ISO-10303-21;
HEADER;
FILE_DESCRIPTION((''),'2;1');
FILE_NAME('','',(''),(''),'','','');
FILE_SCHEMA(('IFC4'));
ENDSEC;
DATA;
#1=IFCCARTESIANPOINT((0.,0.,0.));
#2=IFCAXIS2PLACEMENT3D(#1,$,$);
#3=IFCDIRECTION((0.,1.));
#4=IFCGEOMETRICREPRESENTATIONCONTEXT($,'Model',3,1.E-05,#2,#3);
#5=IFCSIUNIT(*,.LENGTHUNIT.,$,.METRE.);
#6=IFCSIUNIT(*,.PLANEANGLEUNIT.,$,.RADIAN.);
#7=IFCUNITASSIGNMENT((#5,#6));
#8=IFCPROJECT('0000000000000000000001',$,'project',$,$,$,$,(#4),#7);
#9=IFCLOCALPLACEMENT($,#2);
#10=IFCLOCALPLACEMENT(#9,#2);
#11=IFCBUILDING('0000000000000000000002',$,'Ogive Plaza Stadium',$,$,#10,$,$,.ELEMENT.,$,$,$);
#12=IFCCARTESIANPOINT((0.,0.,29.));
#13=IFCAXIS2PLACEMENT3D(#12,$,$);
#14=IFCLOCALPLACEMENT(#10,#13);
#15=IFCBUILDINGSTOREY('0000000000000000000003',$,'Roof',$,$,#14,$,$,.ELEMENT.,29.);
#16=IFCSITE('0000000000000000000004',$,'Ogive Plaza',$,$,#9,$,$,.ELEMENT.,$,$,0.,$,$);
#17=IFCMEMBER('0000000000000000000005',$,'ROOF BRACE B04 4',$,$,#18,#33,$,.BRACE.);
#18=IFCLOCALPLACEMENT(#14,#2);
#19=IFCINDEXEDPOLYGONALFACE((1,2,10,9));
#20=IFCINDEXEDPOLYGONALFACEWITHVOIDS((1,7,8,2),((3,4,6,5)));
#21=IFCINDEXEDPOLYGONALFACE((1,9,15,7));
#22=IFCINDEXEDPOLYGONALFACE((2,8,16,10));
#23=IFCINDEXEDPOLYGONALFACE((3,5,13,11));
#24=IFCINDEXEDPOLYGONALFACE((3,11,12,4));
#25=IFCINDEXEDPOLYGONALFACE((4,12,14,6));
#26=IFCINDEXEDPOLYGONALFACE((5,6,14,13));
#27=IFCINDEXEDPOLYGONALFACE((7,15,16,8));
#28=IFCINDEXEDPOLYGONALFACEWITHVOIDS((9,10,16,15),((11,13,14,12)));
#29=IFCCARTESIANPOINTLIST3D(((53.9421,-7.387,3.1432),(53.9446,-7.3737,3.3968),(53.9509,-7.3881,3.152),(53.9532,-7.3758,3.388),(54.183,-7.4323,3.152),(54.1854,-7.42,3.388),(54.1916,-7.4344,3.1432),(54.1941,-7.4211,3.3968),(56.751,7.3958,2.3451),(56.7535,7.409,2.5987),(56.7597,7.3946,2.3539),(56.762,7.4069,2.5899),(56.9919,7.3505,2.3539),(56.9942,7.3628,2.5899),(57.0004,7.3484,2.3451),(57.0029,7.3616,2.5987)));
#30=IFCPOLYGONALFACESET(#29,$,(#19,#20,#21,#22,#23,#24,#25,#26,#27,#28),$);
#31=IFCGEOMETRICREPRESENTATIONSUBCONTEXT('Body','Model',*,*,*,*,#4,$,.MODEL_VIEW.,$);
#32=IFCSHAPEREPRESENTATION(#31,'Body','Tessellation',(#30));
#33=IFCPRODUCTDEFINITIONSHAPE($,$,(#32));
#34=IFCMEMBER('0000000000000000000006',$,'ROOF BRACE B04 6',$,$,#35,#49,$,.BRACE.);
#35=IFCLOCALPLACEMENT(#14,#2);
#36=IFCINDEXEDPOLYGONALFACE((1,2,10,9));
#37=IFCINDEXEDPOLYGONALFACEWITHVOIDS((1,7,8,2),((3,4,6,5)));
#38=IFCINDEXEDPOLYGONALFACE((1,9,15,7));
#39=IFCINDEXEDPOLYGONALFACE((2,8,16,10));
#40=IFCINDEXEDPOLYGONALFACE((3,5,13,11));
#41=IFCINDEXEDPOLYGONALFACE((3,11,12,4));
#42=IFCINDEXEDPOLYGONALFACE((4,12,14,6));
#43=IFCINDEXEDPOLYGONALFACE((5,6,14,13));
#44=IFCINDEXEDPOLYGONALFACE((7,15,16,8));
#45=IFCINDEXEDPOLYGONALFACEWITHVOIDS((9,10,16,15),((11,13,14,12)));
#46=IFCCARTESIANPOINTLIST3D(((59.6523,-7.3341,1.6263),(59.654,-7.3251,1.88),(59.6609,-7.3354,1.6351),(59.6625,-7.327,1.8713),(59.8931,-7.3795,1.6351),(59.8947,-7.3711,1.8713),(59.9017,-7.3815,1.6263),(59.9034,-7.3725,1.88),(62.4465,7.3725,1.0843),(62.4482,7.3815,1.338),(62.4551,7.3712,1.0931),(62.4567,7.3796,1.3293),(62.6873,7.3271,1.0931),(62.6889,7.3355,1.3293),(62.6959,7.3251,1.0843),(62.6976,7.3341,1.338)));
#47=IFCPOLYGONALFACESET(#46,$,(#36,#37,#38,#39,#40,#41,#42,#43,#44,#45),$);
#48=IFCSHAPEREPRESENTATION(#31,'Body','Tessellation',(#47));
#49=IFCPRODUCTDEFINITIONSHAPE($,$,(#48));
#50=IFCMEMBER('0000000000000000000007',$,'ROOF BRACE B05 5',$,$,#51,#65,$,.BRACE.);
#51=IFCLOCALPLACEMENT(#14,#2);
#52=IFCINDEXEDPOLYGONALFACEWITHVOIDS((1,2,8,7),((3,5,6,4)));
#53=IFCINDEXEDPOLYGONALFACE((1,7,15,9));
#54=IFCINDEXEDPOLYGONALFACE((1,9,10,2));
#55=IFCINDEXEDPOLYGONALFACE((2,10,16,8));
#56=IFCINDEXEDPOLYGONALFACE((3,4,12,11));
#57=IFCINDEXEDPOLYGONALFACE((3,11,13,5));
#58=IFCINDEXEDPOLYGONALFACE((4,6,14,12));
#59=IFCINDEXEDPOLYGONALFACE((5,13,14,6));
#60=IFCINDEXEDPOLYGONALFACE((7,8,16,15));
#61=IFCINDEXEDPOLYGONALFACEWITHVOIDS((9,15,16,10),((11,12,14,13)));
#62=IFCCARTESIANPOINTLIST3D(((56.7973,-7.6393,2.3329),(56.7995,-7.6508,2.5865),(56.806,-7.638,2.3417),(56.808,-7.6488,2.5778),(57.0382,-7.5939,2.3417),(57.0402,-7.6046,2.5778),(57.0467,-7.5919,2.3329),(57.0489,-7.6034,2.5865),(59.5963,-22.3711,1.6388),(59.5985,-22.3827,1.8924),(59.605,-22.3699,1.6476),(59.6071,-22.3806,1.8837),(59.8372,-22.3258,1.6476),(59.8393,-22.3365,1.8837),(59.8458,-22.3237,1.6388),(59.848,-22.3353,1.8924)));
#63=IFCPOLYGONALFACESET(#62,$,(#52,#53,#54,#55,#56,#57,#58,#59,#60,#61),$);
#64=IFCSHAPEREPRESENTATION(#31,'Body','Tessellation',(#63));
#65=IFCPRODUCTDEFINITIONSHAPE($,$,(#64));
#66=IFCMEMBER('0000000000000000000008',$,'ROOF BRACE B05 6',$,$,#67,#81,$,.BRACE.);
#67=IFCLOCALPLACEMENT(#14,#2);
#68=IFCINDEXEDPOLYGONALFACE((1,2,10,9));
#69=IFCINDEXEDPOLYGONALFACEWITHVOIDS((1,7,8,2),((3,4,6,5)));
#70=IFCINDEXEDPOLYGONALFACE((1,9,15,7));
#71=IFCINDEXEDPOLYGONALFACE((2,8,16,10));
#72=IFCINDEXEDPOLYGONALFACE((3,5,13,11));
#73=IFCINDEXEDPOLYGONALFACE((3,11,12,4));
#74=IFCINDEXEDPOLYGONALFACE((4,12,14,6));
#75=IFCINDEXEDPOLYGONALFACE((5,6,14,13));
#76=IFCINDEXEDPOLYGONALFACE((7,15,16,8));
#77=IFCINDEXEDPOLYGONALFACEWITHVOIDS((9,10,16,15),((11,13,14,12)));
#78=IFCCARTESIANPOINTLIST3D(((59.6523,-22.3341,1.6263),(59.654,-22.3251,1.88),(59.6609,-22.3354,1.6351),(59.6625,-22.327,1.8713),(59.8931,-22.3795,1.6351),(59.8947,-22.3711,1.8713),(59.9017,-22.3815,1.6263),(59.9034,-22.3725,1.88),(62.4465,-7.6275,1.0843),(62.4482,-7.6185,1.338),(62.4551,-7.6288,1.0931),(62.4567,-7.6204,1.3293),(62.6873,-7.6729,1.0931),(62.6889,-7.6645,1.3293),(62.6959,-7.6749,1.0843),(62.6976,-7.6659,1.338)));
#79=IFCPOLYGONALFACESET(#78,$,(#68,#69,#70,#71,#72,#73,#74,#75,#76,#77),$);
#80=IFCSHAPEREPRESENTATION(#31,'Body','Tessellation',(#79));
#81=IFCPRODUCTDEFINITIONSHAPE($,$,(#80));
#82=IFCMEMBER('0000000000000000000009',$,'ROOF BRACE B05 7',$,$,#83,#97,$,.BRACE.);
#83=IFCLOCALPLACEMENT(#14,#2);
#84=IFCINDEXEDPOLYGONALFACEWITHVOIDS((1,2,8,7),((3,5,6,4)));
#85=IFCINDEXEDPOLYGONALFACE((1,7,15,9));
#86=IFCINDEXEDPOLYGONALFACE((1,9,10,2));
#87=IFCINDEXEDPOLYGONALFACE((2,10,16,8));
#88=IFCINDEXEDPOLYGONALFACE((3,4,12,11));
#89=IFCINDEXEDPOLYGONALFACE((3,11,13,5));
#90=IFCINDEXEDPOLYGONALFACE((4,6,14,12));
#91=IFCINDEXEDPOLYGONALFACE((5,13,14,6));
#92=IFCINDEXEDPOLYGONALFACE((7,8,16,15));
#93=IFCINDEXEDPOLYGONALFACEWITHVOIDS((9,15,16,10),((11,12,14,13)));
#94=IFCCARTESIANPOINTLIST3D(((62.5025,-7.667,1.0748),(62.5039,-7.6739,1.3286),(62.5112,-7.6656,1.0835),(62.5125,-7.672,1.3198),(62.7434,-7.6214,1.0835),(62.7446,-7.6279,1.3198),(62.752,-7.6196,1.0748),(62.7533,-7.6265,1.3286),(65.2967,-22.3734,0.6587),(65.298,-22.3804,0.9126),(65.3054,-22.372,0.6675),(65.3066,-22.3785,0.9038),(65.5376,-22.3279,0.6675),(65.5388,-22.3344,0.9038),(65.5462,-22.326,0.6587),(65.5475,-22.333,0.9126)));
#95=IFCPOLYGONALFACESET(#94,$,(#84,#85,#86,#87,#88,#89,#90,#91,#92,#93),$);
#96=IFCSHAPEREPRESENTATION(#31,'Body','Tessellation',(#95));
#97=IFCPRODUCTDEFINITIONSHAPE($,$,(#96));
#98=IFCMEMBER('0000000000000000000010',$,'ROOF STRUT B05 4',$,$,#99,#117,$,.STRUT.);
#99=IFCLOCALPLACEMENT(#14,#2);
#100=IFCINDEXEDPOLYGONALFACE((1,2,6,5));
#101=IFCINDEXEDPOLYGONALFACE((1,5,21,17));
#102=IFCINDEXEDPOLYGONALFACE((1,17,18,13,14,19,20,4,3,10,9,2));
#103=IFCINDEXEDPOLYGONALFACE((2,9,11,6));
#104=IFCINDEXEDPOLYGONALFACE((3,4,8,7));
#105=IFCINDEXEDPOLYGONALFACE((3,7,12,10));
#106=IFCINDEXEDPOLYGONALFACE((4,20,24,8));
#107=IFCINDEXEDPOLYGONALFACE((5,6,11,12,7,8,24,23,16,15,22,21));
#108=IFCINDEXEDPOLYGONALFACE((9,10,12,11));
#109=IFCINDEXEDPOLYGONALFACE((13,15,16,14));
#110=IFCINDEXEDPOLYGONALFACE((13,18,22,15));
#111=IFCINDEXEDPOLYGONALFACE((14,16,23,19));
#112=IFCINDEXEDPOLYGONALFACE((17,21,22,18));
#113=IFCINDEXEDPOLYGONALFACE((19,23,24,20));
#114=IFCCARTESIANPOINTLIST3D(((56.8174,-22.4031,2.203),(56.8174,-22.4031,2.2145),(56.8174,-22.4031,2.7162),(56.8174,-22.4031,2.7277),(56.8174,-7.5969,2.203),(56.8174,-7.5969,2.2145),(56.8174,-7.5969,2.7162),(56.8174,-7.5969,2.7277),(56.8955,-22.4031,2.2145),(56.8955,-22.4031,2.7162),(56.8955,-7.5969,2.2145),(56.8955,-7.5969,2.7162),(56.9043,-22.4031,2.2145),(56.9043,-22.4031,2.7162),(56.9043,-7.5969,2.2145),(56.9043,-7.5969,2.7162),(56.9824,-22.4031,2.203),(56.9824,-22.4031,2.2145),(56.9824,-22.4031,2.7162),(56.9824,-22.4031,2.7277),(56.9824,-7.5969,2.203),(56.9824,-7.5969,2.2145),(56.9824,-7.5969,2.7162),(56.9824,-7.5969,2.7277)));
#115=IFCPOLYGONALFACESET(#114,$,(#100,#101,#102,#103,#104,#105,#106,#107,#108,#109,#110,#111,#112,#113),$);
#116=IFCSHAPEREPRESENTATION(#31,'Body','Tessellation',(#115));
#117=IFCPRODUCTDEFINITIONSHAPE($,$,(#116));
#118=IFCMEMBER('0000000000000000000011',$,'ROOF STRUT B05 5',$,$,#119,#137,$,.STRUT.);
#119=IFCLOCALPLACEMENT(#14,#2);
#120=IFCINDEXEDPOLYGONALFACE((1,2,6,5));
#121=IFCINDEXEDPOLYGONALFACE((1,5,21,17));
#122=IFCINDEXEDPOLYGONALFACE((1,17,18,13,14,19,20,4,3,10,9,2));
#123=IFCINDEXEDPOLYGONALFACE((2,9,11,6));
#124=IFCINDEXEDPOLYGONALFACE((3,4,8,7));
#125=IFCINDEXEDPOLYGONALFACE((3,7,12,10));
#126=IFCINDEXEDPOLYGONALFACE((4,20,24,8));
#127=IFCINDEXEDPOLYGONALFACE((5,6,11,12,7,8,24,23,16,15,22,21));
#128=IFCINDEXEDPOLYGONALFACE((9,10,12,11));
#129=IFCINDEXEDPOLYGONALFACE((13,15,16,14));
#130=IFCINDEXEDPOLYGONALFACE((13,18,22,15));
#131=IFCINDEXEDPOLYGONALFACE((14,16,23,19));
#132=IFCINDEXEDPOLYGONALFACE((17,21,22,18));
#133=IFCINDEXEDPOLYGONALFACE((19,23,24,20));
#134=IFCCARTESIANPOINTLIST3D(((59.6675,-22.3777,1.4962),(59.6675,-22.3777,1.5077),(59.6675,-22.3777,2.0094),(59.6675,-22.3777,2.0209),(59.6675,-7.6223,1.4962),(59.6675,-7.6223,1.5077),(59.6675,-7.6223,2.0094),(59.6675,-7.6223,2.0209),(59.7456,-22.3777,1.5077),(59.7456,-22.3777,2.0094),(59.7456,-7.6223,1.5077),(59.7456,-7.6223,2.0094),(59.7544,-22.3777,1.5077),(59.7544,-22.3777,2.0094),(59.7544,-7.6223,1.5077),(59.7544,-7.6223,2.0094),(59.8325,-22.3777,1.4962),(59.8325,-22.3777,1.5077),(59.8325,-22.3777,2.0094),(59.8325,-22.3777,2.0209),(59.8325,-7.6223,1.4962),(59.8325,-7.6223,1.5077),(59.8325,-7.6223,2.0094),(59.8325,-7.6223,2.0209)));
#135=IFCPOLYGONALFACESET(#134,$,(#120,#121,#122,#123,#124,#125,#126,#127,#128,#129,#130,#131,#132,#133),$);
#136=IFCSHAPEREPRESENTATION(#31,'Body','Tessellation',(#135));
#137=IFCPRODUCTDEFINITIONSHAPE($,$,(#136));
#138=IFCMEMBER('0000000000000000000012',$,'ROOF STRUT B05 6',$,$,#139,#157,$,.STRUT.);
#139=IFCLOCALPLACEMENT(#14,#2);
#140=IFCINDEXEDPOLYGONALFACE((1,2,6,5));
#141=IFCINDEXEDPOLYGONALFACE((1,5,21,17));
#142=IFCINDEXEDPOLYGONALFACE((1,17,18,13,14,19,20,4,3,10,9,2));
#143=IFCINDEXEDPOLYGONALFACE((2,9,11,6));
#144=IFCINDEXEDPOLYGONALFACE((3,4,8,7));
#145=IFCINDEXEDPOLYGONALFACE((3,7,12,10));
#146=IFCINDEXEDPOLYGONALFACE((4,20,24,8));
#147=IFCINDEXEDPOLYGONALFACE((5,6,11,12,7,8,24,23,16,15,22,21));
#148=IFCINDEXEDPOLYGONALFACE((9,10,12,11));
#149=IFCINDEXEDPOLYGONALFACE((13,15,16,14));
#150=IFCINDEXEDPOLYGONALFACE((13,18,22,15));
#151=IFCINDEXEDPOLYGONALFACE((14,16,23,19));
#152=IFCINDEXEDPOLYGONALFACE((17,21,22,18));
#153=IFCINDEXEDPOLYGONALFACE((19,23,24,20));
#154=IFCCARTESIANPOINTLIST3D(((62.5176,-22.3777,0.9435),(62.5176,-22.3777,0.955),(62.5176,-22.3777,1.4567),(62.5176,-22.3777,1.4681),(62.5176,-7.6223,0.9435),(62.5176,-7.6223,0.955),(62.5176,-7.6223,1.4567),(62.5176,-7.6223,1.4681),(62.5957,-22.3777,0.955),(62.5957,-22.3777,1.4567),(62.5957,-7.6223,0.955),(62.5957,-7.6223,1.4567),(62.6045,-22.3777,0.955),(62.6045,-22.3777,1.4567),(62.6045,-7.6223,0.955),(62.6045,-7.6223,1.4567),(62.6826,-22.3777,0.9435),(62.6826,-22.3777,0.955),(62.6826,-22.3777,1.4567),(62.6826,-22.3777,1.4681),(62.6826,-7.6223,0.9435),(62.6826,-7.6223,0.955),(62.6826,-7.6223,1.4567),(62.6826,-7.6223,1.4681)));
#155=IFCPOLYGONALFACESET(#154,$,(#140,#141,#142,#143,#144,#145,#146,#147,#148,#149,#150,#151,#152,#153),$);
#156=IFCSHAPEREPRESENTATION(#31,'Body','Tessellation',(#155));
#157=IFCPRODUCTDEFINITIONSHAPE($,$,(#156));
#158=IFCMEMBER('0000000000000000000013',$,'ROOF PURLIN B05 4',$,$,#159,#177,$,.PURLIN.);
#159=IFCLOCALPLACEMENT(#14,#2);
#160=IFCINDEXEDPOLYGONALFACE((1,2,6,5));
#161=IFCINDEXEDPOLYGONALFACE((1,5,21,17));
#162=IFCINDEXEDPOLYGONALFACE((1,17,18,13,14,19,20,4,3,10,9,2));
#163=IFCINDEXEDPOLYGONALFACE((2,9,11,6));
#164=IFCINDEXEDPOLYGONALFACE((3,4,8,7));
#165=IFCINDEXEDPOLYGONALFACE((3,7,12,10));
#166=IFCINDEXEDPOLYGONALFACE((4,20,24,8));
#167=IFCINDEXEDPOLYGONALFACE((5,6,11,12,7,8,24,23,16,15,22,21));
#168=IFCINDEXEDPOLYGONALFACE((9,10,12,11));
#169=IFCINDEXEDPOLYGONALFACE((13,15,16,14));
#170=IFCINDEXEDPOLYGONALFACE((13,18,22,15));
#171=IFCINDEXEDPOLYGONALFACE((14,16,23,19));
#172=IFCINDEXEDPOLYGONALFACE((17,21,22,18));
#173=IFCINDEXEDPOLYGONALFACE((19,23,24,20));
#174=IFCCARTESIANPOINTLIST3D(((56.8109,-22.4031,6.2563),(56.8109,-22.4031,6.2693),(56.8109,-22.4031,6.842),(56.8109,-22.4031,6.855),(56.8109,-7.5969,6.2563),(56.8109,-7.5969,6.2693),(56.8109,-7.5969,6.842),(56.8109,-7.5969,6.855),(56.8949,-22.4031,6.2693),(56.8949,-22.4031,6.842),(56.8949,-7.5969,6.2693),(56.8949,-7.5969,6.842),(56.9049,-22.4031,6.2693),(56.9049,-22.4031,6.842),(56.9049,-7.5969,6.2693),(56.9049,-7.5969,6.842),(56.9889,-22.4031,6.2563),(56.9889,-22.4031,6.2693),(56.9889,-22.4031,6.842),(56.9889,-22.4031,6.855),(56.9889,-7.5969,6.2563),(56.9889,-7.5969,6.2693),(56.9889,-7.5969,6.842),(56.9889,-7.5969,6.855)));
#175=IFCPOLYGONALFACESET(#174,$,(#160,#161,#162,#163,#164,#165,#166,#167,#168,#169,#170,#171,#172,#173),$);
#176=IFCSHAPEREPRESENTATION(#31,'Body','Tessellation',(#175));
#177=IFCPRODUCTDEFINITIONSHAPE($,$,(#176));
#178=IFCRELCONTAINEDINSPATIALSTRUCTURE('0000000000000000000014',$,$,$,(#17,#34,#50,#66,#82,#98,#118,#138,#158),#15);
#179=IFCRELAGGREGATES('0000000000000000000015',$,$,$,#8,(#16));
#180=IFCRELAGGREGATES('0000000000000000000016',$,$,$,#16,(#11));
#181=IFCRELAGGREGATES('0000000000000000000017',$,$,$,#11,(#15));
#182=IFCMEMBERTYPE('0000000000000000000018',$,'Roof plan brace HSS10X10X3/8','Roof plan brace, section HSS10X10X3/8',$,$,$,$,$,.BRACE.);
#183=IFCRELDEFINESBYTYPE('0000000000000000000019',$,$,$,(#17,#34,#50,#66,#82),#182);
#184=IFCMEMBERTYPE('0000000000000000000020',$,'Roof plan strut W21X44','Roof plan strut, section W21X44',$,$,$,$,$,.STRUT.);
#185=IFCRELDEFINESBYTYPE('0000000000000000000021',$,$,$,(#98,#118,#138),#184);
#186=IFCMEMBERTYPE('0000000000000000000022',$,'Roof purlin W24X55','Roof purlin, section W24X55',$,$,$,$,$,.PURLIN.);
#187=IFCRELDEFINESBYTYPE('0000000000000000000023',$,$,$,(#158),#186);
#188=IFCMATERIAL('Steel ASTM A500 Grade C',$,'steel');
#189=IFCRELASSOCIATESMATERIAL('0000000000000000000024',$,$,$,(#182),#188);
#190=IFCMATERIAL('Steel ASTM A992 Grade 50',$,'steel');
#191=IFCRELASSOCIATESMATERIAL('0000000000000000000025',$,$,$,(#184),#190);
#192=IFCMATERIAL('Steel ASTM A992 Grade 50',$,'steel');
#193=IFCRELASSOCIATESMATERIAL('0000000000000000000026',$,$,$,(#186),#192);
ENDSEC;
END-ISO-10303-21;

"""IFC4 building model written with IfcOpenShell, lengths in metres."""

from ifc_helpers import new_model, si_unit, direction, frame, origin, origin_2d, place, context, subcontext, project, spatial, hollow_rectangle, i_section, extrude, material, material_profile, profile_set, type_object, element, save


model = new_model("IFC4")

# Units and contexts
model_context = context("Model", 3, precision=1e-05, world=origin(), true_north=direction((0.0, 1.0)))
body_context = subcontext(model_context, "Body", "Model", "MODEL_VIEW")
ifc_project = project(units=[si_unit("LENGTHUNIT", "METRE"), si_unit("PLANEANGLEUNIT", "RADIAN")], contexts=[model_context])

# Site, building, storey
site_placement = place(None, origin())
site = spatial("IfcSite", under=ifc_project, at=site_placement, Name="Ogive Plaza", CompositionType="ELEMENT", RefElevation=0.0)
building_placement = place(site_placement, origin())
building = spatial("IfcBuilding", under=site, at=building_placement, Name="Ogive Plaza Stadium", CompositionType="ELEMENT")
storey_placement = place(building_placement, frame((0.0, 0.0, 29.0)))
storey = spatial("IfcBuildingStorey", under=building, at=storey_placement, Name="Roof", CompositionType="ELEMENT", Elevation=29.0)

# Members
ifc_material_1 = material(Name="Steel ASTM A500 Grade C", Category="steel")
ifc_material_profile_1 = material_profile(ifc_material_1, hollow_rectangle(XDim=0.2539, YDim=0.2539, WallThickness=0.0088, at=origin_2d()), Name="HSS10X10X3/8")
ifc_profile_set_1 = profile_set([ifc_material_profile_1], Name="Steel ASTM A500 Grade C")
member_type_1 = type_object("IfcMemberType", Name="Roof plan brace HSS10X10X3/8", Description="Roof plan brace, section HSS10X10X3/8", PredefinedType="BRACE", material=ifc_profile_set_1)
member_1_placement = place(storey_placement, frame((54.0681, -7.4041, 3.27), z_axis=(0.186406, 0.981044, -0.052965), x_axis=(-0.982423, 0.186668, 0.0)))
element("IfcMember", 1, at=member_1_placement, inside=storey, type_object=member_type_1, Name="ROOF BRACE B04 4", PredefinedType="BRACE", context=body_context, shape_type="SweptSolid", body=[
    extrude(hollow_rectangle(XDim=0.2539, YDim=0.2539, WallThickness=0.0088, at=origin_2d()), origin(), (0.0, 0.0, 1.0), 15.0684),
])
member_2_placement = place(storey_placement, frame((59.7778, -7.3533, 1.7532), z_axis=(0.186535, 0.981782, -0.036182), x_axis=(-0.982425, 0.186657, 0.0)))
element("IfcMember", 2, at=member_2_placement, inside=storey, type_object=member_type_1, Name="ROOF BRACE B04 6", PredefinedType="BRACE", context=body_context, shape_type="SweptSolid", body=[
    extrude(hollow_rectangle(XDim=0.2539, YDim=0.2539, WallThickness=0.0088, at=origin_2d()), origin(), (0.0, 0.0, 1.0), 14.9795),
])
member_3_placement = place(storey_placement, frame((56.9231, -7.6213, 2.4597), z_axis=(0.186461, -0.981374, -0.046237), x_axis=(0.982424, 0.186661, 0.0)))
element("IfcMember", 3, at=member_3_placement, inside=storey, type_object=member_type_1, Name="ROOF BRACE B05 5", PredefinedType="BRACE", context=body_context, shape_type="SweptSolid", body=[
    extrude(hollow_rectangle(XDim=0.2539, YDim=0.2539, WallThickness=0.0088, at=origin_2d()), origin(), (0.0, 0.0, 1.0), 15.0115),
])
member_4_placement = place(storey_placement, frame((59.7778, -22.3533, 1.7532), z_axis=(0.186535, 0.981782, -0.036182), x_axis=(-0.982425, 0.186657, 0.0)))
element("IfcMember", 4, at=member_4_placement, inside=storey, type_object=member_type_1, Name="ROOF BRACE B05 6", PredefinedType="BRACE", context=body_context, shape_type="SweptSolid", body=[
    extrude(hollow_rectangle(XDim=0.2539, YDim=0.2539, WallThickness=0.0088, at=origin_2d()), origin(), (0.0, 0.0, 1.0), 14.9795),
])
member_5_placement = place(storey_placement, frame((62.6279, -7.6467, 1.2017), z_axis=(0.186585, -0.982046, -0.02778), x_axis=(0.982425, 0.186657, 0.0)))
element("IfcMember", 5, at=member_5_placement, inside=storey, type_object=member_type_1, Name="ROOF BRACE B05 7", PredefinedType="BRACE", context=body_context, shape_type="SweptSolid", body=[
    extrude(hollow_rectangle(XDim=0.2539, YDim=0.2539, WallThickness=0.0088, at=origin_2d()), origin(), (0.0, 0.0, 1.0), 14.9753),
])
ifc_material_2 = material(Name="Steel ASTM A992 Grade 50", Category="steel")
ifc_material_profile_2 = material_profile(ifc_material_2, i_section(OverallWidth=0.165, OverallDepth=0.5247, WebThickness=0.0088, FlangeThickness=0.0115, at=origin_2d()), Name="W21X44")
ifc_profile_set_2 = profile_set([ifc_material_profile_2], Name="Steel ASTM A992 Grade 50")
member_type_2 = type_object("IfcMemberType", Name="Roof plan strut W21X44", Description="Roof plan strut, section W21X44", PredefinedType="STRUT", material=ifc_profile_set_2)
member_6_placement = place(storey_placement, frame((56.8999, -7.5969, 2.4653), z_axis=(0.0, -1.0, 0.0), x_axis=(1.0, 0.0, 0.0)))
element("IfcMember", 6, at=member_6_placement, inside=storey, type_object=member_type_2, Name="ROOF STRUT B05 4", PredefinedType="STRUT", context=body_context, shape_type="SweptSolid", body=[
    extrude(i_section(OverallWidth=0.165, OverallDepth=0.5247, WebThickness=0.0088, FlangeThickness=0.0115, at=origin_2d()), origin(), (0.0, 0.0, 1.0), 14.8062),
])
for number, where, z_axis, x_axis, name in (
    (7, (59.75, -7.6223, 1.7585), (0.0, -1.0, 0.0), (1.0, 0.0, 0.0), "ROOF STRUT B05 5"),
    (8, (62.6001, -7.6223, 1.2058), (0.0, -1.0, 0.0), (1.0, 0.0, 0.0), "ROOF STRUT B05 6"),
):
    element("IfcMember", number, at=place(storey_placement, frame(where, z_axis=z_axis, x_axis=x_axis)), inside=storey, type_object=member_type_2, Name=name, PredefinedType="STRUT", context=body_context, shape_type="SweptSolid", body=[
        extrude(i_section(OverallWidth=0.165, OverallDepth=0.5247, WebThickness=0.0088, FlangeThickness=0.0115, at=origin_2d()), origin(), (0.0, 0.0, 1.0), 14.7554),
    ])
ifc_material_3 = material(Name="Steel ASTM A992 Grade 50", Category="steel")
ifc_material_profile_3 = material_profile(ifc_material_3, i_section(OverallWidth=0.178, OverallDepth=0.5986, WebThickness=0.01, FlangeThickness=0.0129, at=origin_2d()), Name="W24X55")
ifc_profile_set_3 = profile_set([ifc_material_profile_3], Name="Steel ASTM A992 Grade 50")
member_type_3 = type_object("IfcMemberType", Name="Roof purlin W24X55", Description="Roof purlin, section W24X55", PredefinedType="PURLIN", material=ifc_profile_set_3)
member_7_placement = place(storey_placement, frame((56.8999, -7.5969, 6.5557), z_axis=(0.0, -1.0, 0.0), x_axis=(1.0, 0.0, 0.0)))
element("IfcMember", 9, at=member_7_placement, inside=storey, type_object=member_type_3, Name="ROOF PURLIN B05 4", PredefinedType="PURLIN", context=body_context, shape_type="SweptSolid", body=[
    extrude(i_section(OverallWidth=0.178, OverallDepth=0.5986, WebThickness=0.01, FlangeThickness=0.0129, at=origin_2d()), origin(), (0.0, 0.0, 1.0), 14.8062),
])

save(model, "model.ifc")
